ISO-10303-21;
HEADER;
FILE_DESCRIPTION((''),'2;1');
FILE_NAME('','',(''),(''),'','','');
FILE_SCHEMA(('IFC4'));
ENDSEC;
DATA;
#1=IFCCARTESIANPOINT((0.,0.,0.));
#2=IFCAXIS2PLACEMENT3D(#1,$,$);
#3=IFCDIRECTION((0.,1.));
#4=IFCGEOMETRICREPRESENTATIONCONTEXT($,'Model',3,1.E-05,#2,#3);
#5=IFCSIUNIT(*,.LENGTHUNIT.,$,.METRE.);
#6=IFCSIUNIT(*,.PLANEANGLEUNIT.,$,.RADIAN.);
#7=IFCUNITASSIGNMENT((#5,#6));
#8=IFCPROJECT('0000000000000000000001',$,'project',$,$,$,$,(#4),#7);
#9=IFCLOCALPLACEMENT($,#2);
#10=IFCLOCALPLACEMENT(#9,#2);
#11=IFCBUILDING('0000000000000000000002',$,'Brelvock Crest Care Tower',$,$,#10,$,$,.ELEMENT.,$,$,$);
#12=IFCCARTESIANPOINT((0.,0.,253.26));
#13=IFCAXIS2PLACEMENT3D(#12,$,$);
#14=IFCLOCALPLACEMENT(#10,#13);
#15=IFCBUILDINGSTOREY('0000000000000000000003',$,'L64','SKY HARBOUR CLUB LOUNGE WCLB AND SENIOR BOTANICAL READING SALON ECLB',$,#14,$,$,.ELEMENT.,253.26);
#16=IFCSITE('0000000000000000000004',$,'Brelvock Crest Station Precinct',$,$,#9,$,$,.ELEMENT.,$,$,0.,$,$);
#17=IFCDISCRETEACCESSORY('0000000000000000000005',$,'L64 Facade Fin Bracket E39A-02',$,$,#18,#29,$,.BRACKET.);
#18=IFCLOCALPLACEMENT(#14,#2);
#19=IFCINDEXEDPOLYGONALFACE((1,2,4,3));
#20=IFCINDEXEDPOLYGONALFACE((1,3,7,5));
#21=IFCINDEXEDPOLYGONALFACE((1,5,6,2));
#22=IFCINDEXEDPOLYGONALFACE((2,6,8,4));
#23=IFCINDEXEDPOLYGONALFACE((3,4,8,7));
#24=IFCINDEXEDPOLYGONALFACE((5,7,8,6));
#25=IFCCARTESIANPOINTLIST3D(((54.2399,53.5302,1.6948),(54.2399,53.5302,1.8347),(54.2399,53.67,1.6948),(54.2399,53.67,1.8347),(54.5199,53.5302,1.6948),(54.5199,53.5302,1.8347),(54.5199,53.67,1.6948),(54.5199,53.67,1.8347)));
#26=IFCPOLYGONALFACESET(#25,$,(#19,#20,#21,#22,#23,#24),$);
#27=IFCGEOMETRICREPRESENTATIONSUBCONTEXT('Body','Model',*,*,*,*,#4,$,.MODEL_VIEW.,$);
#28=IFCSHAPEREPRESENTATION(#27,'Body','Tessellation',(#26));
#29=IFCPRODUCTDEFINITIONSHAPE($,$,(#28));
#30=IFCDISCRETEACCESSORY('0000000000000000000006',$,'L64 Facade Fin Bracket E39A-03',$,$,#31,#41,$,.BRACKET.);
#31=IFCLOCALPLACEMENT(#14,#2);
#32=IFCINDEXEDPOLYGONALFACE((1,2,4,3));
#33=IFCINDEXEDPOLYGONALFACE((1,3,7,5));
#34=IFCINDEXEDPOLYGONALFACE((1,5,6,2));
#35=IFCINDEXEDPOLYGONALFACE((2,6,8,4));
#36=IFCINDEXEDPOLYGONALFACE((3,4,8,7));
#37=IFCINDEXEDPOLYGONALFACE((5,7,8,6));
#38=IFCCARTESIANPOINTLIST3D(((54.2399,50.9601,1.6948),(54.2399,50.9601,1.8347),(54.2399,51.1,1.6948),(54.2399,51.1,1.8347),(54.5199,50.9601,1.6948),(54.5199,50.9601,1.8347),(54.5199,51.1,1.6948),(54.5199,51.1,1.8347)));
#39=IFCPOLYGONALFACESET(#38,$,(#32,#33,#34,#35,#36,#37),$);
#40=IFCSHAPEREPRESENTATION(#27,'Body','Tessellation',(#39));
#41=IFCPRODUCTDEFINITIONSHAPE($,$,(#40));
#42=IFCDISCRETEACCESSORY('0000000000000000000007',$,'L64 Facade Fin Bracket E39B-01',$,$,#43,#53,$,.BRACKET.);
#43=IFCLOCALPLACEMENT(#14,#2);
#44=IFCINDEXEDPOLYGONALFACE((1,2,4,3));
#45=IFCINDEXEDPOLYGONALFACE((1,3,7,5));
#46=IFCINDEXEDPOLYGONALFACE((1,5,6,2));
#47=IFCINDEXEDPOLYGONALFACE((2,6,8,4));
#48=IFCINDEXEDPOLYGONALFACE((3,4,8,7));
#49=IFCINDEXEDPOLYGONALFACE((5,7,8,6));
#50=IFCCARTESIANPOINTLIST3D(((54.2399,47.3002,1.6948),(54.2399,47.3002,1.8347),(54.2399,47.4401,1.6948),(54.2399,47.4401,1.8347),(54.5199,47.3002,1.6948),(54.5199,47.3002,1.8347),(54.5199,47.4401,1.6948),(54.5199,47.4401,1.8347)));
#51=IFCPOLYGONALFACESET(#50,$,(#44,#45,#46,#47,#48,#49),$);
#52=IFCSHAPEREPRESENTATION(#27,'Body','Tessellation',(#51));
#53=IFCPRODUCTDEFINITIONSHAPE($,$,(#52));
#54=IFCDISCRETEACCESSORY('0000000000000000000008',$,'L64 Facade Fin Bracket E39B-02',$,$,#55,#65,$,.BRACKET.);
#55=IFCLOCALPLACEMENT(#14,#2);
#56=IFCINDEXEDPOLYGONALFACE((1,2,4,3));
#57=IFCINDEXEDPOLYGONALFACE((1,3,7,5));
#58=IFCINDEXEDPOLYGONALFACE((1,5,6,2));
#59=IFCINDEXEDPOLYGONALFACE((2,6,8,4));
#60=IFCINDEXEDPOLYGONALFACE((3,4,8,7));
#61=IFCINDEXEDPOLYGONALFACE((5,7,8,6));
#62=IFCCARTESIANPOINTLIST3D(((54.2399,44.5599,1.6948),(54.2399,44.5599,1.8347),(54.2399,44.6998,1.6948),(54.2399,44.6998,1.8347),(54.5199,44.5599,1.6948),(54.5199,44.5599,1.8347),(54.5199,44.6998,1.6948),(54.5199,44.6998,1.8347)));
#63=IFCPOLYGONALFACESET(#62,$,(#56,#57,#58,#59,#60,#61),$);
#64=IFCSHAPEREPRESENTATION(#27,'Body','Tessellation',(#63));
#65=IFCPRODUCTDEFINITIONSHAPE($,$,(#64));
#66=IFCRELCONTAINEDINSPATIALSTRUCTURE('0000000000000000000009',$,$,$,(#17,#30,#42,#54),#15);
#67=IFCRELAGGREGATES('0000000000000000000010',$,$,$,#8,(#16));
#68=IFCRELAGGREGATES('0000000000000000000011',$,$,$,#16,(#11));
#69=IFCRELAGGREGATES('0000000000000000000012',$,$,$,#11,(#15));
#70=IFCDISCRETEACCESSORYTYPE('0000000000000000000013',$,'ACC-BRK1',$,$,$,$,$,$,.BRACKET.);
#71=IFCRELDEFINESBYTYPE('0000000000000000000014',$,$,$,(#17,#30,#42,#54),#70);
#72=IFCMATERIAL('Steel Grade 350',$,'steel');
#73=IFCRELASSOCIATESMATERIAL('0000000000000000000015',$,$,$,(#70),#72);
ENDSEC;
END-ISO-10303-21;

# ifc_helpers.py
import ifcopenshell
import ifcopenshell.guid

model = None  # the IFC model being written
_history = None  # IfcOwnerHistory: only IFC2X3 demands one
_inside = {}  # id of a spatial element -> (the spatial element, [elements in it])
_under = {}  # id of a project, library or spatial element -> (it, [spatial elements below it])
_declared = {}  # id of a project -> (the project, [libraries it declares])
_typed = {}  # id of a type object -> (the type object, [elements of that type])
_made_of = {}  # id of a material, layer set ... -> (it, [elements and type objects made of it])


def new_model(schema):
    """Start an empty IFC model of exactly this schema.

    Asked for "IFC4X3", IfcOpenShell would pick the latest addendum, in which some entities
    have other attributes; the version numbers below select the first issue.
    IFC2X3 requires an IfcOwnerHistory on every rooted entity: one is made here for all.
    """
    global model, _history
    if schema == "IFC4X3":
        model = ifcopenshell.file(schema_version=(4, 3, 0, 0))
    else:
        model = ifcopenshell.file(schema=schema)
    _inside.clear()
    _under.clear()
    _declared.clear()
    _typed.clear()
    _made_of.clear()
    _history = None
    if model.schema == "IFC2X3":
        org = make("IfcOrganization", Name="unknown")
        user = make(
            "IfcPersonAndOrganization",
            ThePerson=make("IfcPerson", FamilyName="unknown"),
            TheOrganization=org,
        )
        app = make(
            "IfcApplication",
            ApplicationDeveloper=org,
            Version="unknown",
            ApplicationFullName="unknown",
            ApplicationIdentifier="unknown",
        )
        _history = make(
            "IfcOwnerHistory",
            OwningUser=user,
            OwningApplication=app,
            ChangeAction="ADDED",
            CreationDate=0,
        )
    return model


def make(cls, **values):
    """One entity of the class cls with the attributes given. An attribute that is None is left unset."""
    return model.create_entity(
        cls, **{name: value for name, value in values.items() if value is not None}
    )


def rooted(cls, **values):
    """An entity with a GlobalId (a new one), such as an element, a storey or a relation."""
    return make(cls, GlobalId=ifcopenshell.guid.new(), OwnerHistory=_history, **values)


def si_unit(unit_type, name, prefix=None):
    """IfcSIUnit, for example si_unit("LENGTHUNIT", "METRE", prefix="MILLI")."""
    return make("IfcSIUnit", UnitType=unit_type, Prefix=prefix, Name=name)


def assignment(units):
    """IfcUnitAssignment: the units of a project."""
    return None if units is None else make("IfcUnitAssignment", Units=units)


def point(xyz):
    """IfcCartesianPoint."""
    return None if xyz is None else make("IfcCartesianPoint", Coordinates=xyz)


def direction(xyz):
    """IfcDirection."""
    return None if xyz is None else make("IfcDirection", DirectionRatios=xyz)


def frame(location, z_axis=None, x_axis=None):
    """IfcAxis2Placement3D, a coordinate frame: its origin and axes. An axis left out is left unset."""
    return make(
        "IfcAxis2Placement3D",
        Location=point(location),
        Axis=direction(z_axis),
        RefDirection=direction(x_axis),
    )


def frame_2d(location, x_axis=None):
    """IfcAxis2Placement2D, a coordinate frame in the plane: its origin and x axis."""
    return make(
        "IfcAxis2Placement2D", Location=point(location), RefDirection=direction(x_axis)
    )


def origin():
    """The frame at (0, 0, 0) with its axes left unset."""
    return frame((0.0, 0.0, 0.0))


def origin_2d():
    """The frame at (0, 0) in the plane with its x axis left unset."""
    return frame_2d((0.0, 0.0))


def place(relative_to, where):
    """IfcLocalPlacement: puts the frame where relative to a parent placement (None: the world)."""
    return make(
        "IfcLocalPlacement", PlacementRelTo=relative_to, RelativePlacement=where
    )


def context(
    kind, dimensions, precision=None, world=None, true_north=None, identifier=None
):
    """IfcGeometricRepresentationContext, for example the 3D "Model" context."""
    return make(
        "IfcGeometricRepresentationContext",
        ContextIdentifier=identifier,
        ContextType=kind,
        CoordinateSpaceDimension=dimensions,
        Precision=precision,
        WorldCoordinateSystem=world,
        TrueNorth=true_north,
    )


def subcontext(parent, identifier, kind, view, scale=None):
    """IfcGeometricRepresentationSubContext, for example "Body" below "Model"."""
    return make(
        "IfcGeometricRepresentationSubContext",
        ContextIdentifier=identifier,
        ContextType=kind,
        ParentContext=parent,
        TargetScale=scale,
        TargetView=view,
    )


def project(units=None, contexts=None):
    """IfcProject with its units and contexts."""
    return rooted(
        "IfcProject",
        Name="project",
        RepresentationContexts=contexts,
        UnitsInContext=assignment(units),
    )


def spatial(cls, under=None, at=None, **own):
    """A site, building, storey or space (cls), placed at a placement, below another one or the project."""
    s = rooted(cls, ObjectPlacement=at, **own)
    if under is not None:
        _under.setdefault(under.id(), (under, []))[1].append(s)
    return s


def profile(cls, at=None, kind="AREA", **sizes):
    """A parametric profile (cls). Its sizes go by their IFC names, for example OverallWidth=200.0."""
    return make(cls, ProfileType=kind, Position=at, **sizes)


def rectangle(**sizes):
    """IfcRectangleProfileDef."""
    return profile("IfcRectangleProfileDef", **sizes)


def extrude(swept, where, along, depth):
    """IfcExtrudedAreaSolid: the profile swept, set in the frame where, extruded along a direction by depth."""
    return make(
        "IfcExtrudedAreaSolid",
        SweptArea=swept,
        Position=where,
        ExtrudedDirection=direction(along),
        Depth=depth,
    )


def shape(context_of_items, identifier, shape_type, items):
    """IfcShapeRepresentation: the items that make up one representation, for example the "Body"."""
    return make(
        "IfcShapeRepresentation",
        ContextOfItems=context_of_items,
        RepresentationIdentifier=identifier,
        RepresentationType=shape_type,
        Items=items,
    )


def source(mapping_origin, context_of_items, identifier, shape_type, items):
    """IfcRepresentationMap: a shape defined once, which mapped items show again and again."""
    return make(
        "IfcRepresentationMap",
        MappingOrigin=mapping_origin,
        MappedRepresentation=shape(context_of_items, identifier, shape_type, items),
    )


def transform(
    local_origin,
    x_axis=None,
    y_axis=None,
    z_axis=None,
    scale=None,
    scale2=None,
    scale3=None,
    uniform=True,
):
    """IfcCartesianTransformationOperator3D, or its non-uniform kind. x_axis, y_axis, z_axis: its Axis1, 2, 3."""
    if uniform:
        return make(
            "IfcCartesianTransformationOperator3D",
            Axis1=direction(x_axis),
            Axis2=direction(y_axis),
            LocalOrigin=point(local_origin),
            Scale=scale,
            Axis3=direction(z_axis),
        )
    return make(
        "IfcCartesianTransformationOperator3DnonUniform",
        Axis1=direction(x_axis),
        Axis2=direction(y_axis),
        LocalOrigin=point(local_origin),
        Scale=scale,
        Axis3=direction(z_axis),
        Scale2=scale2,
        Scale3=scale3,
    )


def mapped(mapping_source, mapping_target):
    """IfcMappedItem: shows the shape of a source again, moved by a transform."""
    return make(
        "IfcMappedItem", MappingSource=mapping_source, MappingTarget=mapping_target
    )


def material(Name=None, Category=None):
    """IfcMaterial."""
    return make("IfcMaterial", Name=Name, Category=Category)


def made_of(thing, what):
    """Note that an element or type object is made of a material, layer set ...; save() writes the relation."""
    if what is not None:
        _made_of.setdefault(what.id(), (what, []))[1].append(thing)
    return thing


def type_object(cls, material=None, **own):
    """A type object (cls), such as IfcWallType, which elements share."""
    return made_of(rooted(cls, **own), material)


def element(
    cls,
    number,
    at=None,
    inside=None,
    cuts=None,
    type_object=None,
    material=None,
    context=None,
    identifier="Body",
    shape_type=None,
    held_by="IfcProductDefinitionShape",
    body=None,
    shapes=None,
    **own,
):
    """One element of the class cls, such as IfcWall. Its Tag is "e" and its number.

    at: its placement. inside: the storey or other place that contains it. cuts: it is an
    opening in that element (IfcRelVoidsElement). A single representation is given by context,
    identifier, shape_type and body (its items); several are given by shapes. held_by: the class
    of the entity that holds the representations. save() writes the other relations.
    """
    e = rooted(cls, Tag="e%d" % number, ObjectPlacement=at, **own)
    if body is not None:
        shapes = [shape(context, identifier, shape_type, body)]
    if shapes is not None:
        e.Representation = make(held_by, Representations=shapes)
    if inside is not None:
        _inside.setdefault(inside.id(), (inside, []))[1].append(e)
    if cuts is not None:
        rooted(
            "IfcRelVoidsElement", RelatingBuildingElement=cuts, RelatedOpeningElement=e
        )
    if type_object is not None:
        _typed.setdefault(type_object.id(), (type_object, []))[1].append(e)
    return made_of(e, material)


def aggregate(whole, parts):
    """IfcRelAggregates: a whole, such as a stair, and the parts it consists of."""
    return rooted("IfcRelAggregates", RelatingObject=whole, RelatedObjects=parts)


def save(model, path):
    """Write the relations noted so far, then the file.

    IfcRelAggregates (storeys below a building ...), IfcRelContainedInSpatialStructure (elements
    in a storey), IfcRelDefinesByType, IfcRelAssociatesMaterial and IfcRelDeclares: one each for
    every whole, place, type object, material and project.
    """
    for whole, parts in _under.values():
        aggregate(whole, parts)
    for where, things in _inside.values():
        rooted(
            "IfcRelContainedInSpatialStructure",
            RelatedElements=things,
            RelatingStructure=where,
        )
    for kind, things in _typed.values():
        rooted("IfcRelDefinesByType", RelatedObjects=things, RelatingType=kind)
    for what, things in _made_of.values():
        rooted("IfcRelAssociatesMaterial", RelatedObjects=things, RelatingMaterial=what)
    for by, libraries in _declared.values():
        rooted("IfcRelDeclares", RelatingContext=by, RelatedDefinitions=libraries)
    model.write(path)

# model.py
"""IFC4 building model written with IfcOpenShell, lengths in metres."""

from ifc_helpers import new_model, si_unit, direction, frame, origin, origin_2d, place, context, subcontext, project, spatial, rectangle, extrude, source, transform, mapped, material, type_object, element, save


model = new_model("IFC4")

# Units and contexts
model_context = context("Model", 3, precision=1e-05, world=origin(), true_north=direction((0.0, 1.0)))
body_context = subcontext(model_context, "Body", "Model", "MODEL_VIEW")
ifc_project = project(units=[si_unit("LENGTHUNIT", "METRE"), si_unit("PLANEANGLEUNIT", "RADIAN")], contexts=[model_context])

# Site, building, storey
site_placement = place(None, origin())
site = spatial("IfcSite", under=ifc_project, at=site_placement, Name="Brelvock Crest Station Precinct", CompositionType="ELEMENT", RefElevation=0.0)
building_placement = place(site_placement, origin())
building = spatial("IfcBuilding", under=site, at=building_placement, Name="Brelvock Crest Care Tower", CompositionType="ELEMENT")
storey_placement = place(building_placement, frame((0.0, 0.0, 253.26)))
storey = spatial("IfcBuildingStorey", under=building, at=storey_placement, Name="L64", Description="SKY HARBOUR CLUB LOUNGE WCLB AND SENIOR BOTANICAL READING SALON ECLB", CompositionType="ELEMENT", Elevation=253.26)

# Shared definitions
ifc_material_1 = material(Name="Steel Grade 350", Category="steel")

# Discrete accessories
discrete_accessory_type = type_object("IfcDiscreteAccessoryType", Name="ACC-BRK1", PredefinedType="BRACKET", material=ifc_material_1)
shared_shape_1 = source(origin(), body_context, "Body", "SweptSolid", [
    extrude(rectangle(XDim=0.28, YDim=0.1399, at=origin_2d()), origin(), (0.0, 0.0, 1.0), 0.1399),
])
for number, where, z_axis, x_axis, name in (
    (1, (54.3799, 53.6001, 1.6948), (0.0, 0.0, 1.0), (1.0, 0.0, 0.0), "L64 Facade Fin Bracket E39A-02"),
    (2, (54.3799, 51.03, 1.6948), (0.0, 0.0, 1.0), (1.0, 0.0, 0.0), "L64 Facade Fin Bracket E39A-03"),
    (3, (54.3799, 47.3701, 1.6948), (0.0, 0.0, 1.0), (1.0, 0.0, 0.0), "L64 Facade Fin Bracket E39B-01"),
    (4, (54.3799, 44.6299, 1.6948), (0.0, 0.0, 1.0), (1.0, 0.0, 0.0), "L64 Facade Fin Bracket E39B-02"),
):
    element("IfcDiscreteAccessory", number, at=place(storey_placement, frame(where, z_axis=z_axis, x_axis=x_axis)), inside=storey, type_object=discrete_accessory_type, Name=name, PredefinedType="BRACKET", context=body_context, shape_type="MappedRepresentation", body=[
        mapped(shared_shape_1, transform((0.0, 0.0, 0.0), x_axis=(1.0, 0.0, 0.0), y_axis=(0.0, 1.0, 0.0), z_axis=(0.0, 0.0, 1.0), scale=1.0)),
    ])

save(model, "model.ifc")
